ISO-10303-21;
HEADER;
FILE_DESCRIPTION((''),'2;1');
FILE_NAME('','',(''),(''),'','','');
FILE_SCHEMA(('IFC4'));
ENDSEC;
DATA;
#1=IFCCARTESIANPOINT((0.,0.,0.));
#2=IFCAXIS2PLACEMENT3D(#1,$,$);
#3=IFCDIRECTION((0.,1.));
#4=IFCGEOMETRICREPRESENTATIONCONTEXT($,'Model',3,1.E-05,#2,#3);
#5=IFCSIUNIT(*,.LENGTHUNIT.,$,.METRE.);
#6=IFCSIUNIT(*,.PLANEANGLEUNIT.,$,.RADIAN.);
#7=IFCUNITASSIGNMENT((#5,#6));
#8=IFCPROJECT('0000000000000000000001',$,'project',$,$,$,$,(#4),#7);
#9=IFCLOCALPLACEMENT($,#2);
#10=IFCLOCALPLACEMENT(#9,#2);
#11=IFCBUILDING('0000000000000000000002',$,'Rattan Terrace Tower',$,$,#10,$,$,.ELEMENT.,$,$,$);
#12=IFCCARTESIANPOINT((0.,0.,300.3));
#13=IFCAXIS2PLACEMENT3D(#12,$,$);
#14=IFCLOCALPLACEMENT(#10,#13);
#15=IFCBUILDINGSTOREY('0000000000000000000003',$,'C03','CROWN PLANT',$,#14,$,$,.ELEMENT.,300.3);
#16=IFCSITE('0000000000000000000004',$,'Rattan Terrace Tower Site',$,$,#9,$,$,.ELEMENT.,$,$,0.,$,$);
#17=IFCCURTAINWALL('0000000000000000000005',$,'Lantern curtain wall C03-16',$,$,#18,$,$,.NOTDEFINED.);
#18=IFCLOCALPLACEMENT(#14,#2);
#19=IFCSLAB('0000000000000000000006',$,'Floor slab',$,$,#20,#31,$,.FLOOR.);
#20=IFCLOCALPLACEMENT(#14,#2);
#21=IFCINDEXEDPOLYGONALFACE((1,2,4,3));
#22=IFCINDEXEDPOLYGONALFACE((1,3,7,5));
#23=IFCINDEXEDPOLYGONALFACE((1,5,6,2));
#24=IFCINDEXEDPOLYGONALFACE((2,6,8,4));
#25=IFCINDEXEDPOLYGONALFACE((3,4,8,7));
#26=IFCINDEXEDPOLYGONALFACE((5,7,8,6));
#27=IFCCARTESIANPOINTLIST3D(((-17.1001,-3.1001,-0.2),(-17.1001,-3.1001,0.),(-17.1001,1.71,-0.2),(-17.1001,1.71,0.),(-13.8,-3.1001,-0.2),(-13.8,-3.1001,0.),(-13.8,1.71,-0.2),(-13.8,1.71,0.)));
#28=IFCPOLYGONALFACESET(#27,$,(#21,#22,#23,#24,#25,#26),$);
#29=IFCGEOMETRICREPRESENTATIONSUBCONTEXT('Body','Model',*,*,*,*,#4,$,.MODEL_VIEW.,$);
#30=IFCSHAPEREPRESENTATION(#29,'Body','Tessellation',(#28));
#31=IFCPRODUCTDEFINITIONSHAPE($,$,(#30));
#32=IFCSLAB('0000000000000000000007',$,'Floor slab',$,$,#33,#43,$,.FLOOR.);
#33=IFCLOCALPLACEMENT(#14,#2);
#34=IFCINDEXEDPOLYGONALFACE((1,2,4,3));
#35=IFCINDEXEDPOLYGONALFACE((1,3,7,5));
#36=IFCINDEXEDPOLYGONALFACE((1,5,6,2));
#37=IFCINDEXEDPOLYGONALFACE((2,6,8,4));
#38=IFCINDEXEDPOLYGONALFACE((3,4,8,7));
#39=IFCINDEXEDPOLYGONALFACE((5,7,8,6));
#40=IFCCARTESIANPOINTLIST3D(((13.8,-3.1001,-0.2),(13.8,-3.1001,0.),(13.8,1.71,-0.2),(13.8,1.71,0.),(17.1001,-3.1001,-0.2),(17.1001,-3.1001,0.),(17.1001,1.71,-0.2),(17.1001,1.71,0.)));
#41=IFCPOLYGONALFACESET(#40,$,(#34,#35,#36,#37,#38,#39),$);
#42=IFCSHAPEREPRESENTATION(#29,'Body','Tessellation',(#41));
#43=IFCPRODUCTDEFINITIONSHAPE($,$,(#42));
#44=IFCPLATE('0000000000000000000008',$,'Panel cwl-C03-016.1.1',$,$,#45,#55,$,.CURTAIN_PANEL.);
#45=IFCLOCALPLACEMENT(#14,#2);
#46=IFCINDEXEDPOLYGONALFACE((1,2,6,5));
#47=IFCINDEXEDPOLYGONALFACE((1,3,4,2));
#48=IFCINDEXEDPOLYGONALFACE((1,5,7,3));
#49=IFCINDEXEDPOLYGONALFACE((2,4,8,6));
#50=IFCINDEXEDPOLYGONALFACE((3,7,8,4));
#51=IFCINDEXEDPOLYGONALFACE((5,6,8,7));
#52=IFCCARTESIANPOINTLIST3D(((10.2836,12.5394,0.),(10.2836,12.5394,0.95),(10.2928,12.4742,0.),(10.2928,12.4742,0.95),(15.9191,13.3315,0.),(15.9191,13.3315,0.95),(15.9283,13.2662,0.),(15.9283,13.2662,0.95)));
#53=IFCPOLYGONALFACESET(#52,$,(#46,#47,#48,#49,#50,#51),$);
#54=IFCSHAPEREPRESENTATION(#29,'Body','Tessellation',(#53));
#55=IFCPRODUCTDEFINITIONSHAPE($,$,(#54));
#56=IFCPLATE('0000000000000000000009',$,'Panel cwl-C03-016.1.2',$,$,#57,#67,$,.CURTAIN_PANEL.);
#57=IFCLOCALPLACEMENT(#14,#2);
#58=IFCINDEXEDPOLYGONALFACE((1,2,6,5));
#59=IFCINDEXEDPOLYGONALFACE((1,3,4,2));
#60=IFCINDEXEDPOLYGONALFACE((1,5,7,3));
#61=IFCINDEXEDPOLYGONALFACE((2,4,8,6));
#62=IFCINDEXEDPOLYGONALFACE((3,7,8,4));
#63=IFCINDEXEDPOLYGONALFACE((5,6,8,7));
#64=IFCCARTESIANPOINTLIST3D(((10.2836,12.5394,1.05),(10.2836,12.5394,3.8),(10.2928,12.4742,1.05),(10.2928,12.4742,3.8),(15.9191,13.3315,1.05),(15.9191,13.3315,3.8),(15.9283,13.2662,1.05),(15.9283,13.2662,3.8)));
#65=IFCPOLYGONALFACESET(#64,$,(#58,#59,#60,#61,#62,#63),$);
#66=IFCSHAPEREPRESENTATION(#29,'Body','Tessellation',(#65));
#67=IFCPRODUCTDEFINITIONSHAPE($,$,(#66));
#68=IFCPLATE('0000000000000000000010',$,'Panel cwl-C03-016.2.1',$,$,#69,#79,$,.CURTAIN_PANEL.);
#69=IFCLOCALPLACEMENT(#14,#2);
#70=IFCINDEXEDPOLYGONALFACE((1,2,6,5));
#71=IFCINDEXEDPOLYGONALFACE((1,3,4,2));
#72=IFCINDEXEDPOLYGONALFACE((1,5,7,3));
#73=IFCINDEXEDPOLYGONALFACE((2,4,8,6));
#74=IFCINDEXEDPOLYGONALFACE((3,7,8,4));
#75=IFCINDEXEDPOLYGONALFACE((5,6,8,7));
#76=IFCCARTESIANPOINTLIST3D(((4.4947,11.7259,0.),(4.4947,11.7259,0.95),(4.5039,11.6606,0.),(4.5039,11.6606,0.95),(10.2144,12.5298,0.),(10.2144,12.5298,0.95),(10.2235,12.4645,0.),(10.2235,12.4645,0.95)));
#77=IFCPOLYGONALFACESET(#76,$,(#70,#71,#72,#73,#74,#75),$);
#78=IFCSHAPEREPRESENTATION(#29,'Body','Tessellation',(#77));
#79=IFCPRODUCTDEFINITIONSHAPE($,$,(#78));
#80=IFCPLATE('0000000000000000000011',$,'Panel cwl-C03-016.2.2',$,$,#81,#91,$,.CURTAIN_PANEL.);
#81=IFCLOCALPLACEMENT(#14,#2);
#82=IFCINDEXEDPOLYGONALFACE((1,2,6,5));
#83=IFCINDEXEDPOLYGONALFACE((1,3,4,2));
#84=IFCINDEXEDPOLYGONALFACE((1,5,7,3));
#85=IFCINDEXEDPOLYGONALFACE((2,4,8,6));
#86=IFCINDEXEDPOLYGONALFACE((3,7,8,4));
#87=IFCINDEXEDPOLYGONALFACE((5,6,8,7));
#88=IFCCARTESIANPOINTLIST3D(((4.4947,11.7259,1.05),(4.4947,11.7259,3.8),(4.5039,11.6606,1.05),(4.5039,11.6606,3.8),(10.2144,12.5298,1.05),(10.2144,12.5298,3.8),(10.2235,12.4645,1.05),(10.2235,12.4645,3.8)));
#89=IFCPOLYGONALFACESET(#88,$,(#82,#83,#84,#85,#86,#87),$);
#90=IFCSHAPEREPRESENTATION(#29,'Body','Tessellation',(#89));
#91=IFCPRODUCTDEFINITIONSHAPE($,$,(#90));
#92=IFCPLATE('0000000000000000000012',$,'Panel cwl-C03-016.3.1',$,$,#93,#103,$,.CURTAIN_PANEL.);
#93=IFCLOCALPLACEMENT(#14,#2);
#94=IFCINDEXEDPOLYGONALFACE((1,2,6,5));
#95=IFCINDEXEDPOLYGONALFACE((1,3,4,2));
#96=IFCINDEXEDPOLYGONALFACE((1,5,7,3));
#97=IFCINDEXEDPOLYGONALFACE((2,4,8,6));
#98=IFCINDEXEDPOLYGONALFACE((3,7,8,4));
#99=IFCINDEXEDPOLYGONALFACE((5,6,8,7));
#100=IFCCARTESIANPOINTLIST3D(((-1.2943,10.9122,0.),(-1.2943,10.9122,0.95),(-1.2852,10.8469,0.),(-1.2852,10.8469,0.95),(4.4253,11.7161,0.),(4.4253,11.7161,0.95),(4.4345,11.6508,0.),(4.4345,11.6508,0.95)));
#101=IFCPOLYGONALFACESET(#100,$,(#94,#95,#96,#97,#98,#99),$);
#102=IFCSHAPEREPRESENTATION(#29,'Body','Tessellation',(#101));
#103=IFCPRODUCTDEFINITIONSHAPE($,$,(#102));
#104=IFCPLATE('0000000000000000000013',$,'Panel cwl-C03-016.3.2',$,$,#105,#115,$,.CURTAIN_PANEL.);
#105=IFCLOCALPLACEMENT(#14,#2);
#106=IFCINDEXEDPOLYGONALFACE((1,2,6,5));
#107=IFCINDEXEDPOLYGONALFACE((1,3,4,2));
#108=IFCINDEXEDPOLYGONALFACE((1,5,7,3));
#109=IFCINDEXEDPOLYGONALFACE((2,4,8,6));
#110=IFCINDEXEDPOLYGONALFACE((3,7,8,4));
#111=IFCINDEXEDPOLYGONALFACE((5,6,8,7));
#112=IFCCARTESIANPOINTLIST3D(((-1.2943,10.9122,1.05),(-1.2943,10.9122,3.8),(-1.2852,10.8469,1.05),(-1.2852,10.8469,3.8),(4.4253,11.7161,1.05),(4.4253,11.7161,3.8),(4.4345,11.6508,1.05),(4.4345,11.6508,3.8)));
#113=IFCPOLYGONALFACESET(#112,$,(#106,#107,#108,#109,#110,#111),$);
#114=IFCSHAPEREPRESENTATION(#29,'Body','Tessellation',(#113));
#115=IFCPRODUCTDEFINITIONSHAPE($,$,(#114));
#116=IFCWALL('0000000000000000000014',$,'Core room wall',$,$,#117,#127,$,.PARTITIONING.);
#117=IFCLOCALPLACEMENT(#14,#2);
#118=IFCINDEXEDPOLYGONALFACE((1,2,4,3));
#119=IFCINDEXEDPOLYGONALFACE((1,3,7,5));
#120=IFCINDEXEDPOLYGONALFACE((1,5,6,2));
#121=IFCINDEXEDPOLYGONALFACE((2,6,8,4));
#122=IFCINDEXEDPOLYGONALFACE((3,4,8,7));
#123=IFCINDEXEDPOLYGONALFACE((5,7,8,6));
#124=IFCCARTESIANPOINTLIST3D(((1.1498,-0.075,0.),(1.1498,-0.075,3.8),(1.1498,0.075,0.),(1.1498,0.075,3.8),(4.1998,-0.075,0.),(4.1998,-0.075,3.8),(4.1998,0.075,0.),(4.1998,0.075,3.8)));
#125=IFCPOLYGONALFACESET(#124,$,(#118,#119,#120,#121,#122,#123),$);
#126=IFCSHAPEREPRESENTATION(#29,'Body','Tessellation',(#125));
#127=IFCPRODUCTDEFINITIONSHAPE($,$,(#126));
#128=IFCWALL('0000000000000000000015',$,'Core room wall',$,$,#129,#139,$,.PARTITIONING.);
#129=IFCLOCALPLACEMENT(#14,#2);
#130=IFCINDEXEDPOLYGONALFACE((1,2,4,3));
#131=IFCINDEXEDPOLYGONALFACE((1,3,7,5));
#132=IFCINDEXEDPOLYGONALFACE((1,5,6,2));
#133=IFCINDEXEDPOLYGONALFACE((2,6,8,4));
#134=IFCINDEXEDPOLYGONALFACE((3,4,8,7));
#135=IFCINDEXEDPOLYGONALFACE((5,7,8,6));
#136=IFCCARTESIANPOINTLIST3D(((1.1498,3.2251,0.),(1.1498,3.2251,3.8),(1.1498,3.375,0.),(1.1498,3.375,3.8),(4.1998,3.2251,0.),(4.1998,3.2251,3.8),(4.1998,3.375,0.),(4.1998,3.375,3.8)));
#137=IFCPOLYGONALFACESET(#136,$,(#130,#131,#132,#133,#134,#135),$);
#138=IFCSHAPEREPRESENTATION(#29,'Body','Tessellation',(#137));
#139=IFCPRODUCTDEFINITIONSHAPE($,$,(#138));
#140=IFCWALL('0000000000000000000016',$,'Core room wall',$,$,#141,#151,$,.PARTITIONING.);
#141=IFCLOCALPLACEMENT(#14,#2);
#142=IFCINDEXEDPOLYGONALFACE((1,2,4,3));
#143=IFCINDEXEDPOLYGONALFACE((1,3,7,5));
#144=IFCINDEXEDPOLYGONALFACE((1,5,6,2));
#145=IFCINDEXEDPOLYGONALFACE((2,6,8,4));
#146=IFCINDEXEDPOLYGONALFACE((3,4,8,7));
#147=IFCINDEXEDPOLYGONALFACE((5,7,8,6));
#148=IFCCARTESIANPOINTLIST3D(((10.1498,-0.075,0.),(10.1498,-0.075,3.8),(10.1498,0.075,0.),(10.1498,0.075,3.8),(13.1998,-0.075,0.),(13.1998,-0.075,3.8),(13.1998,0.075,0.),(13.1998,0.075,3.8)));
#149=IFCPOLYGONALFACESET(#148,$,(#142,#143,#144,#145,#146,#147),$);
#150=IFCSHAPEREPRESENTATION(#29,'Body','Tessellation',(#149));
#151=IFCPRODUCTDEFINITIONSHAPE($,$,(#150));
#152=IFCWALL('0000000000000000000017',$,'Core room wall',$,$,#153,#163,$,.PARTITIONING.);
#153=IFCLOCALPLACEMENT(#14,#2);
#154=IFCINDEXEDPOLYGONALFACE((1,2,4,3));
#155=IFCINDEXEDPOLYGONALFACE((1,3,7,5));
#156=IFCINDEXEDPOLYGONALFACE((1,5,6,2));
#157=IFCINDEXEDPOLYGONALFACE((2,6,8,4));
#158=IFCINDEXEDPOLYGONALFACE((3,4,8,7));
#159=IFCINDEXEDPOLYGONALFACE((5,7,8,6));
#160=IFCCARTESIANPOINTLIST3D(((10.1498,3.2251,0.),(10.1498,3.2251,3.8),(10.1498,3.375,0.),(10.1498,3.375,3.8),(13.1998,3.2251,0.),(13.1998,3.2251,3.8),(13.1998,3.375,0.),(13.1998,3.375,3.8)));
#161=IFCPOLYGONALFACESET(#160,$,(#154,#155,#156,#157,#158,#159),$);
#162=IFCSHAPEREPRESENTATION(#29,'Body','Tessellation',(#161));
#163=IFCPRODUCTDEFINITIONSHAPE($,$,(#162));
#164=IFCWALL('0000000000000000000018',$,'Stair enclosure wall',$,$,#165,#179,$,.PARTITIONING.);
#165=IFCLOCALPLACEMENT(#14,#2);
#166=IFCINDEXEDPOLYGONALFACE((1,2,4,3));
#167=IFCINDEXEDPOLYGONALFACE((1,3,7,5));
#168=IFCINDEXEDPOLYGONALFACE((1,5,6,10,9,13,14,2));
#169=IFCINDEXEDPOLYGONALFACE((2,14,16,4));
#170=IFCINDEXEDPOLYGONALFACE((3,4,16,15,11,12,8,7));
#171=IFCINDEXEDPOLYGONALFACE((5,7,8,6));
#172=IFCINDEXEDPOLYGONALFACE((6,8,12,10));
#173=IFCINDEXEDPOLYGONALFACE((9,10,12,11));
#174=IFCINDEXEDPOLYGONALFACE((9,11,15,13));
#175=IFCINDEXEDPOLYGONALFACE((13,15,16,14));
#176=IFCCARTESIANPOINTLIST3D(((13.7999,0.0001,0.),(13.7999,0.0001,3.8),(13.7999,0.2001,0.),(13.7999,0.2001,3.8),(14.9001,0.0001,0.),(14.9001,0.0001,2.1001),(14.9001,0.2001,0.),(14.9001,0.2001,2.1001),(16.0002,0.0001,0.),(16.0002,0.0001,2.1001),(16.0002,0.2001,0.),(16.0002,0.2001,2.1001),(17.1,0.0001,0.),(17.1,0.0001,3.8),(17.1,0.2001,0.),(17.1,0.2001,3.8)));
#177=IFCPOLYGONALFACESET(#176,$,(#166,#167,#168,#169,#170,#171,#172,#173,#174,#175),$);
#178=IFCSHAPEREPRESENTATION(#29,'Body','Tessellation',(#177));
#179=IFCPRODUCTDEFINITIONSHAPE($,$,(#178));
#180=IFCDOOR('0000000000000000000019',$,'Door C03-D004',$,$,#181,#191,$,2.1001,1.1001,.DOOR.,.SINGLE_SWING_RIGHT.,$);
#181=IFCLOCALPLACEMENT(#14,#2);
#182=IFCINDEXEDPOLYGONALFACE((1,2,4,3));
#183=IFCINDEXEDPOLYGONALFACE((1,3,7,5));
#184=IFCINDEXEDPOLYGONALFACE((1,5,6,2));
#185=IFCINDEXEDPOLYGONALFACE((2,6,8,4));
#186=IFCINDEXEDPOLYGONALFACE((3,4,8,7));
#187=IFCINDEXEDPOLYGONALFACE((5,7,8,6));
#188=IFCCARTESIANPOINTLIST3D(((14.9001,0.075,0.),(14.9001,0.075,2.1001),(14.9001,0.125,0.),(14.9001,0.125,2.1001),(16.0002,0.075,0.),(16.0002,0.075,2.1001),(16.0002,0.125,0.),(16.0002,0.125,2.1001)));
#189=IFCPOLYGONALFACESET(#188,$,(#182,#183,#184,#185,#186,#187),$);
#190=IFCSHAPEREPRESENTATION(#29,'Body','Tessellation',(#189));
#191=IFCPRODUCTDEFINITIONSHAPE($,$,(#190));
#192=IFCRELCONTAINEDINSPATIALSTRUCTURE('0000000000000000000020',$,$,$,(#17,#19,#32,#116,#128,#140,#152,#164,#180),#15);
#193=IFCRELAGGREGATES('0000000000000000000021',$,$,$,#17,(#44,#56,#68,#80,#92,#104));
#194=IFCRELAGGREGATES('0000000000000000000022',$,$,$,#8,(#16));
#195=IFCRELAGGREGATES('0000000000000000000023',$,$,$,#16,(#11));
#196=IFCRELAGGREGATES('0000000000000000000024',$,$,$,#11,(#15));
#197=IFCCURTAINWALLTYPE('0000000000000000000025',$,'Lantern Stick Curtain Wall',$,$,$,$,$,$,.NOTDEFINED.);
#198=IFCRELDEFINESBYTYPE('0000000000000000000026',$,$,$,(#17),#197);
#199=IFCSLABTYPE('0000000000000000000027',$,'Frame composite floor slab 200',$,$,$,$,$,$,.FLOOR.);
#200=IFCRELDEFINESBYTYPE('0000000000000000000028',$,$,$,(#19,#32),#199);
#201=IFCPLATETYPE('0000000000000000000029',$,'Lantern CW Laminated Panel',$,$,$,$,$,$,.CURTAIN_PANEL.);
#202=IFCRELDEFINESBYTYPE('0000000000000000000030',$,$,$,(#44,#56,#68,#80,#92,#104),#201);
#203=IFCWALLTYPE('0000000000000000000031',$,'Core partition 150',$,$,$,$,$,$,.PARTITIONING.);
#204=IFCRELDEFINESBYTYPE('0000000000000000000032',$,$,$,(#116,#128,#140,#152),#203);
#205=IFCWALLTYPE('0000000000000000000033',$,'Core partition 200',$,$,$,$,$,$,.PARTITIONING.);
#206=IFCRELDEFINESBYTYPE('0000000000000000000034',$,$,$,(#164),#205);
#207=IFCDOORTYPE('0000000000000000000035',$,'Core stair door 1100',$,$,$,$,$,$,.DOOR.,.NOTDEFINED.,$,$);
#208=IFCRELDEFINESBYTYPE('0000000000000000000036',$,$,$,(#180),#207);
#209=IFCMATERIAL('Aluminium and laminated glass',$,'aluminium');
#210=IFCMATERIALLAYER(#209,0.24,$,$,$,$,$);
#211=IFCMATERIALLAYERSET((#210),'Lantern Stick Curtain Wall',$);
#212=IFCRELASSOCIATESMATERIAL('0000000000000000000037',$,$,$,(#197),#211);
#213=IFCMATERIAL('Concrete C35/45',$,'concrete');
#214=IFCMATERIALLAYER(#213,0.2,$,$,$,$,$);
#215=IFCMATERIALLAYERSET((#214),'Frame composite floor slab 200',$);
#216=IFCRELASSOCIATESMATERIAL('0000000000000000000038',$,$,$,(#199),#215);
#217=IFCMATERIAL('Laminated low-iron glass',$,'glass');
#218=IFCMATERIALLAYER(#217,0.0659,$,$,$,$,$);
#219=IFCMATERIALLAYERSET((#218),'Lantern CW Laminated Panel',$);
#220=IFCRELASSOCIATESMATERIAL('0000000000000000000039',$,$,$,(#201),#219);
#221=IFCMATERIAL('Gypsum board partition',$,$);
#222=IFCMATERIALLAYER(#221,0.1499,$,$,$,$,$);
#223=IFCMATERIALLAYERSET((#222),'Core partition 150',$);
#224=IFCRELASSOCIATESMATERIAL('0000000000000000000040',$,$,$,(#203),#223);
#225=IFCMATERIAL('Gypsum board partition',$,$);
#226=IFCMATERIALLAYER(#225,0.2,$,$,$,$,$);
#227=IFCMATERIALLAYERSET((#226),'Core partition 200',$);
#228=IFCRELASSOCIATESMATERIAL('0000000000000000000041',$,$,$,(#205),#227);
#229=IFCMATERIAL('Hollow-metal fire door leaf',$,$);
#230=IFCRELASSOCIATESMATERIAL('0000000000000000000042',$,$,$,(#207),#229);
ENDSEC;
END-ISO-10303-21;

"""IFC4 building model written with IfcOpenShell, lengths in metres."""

from ifc_helpers import new_model, si_unit, direction, frame, frame_2d, origin, origin_2d, place, context, subcontext, project, spatial, polyline, rectangle, outline, extrude, material, layer, layer_set, type_object, element, fill, aggregate, save


model = new_model("IFC4")

# Units and contexts
model_context = context("Model", 3, precision=1e-05, world=origin(), true_north=direction((0.0, 1.0)))
body_context = subcontext(model_context, "Body", "Model", "MODEL_VIEW")
ifc_project = project(units=[si_unit("LENGTHUNIT", "METRE"), si_unit("PLANEANGLEUNIT", "RADIAN")], contexts=[model_context])

# Site, building, storey
site_placement = place(None, origin())
site = spatial("IfcSite", under=ifc_project, at=site_placement, Name="Rattan Terrace Tower Site", CompositionType="ELEMENT", RefElevation=0.0)
building_placement = place(site_placement, origin())
building = spatial("IfcBuilding", under=site, at=building_placement, Name="Rattan Terrace Tower", CompositionType="ELEMENT")
storey_placement = place(building_placement, frame((0.0, 0.0, 300.3)))
storey = spatial("IfcBuildingStorey", under=building, at=storey_placement, Name="C03", Description="CROWN PLANT", CompositionType="ELEMENT", Elevation=300.3)

# Curtain wall
ifc_material_1 = material(Name="Aluminium and laminated glass", Category="aluminium")
ifc_layer_1 = layer(ifc_material_1, 0.24)
ifc_layer_set_1 = layer_set([ifc_layer_1], Name="Lantern Stick Curtain Wall")
curtain_wall_type = type_object("IfcCurtainWallType", Name="Lantern Stick Curtain Wall", PredefinedType="NOTDEFINED", material=ifc_layer_set_1)
curtain_wall_placement = place(storey_placement, origin())
curtain_wall = element("IfcCurtainWall", 1, at=curtain_wall_placement, inside=storey, type_object=curtain_wall_type, Name="Lantern curtain wall C03-16", PredefinedType="NOTDEFINED")

# Slabs
ifc_material_2 = material(Name="Concrete C35/45", Category="concrete")
ifc_layer_2 = layer(ifc_material_2, 0.2)
ifc_layer_set_2 = layer_set([ifc_layer_2], Name="Frame composite floor slab 200")
slab_type_1 = type_object("IfcSlabType", Name="Frame composite floor slab 200", PredefinedType="FLOOR", material=ifc_layer_set_2)
slab_1_placement = place(storey_placement, frame((0.0, 0.0, -0.2)))
element("IfcSlab", 2, at=slab_1_placement, inside=storey, type_object=slab_type_1, Name="Floor slab", PredefinedType="FLOOR", context=body_context, shape_type="SweptSolid", body=[
    extrude(outline(polyline([(-13.8, -3.1001), (-13.8, 1.71), (-17.1001, 1.71), (-17.1001, -3.1001), (-13.8, -3.1001)])), origin(), (0.0, 0.0, 1.0), 0.2),
])
slab_2_placement = place(storey_placement, frame((0.0, 0.0, -0.2)))
element("IfcSlab", 3, at=slab_2_placement, inside=storey, type_object=slab_type_1, Name="Floor slab", PredefinedType="FLOOR", context=body_context, shape_type="SweptSolid", body=[
    extrude(outline(polyline([(13.8, -3.1001), (17.1001, -3.1001), (17.1001, 1.71), (13.8, 1.71), (13.8, -3.1001)])), origin(), (0.0, 0.0, 1.0), 0.2),
])

# Plates
ifc_material_3 = material(Name="Laminated low-iron glass", Category="glass")
ifc_layer_3 = layer(ifc_material_3, 0.0659)
ifc_layer_set_3 = layer_set([ifc_layer_3], Name="Lantern CW Laminated Panel")
plate_type = type_object("IfcPlateType", Name="Lantern CW Laminated Panel", PredefinedType="CURTAIN_PANEL", material=ifc_layer_set_3)
plate_1_placement = place(storey_placement, frame((13.106, 12.9028, 0.0), z_axis=(0.0, 0.0, 1.0), x_axis=(-0.990267, -0.139181, 0.0)))
plate_1 = element("IfcPlate", 4, at=plate_1_placement, type_object=plate_type, Name="Panel cwl-C03-016.1.1", PredefinedType="CURTAIN_PANEL", context=body_context, shape_type="SweptSolid", body=[
    extrude(rectangle(XDim=5.6909, YDim=0.0659, at=origin_2d()), origin(), (0.0, 0.0, 1.0), 0.95),
])
plate_2_placement = place(storey_placement, frame((13.106, 12.9028, 1.05), z_axis=(0.0, 0.0, 1.0), x_axis=(-0.990267, -0.139181, 0.0)))
plate_2 = element("IfcPlate", 5, at=plate_2_placement, type_object=plate_type, Name="Panel cwl-C03-016.1.2", PredefinedType="CURTAIN_PANEL", context=body_context, shape_type="SweptSolid", body=[
    extrude(rectangle(XDim=5.6909, YDim=0.0659, at=origin_2d()), origin(), (0.0, 0.0, 1.0), 2.75),
])
plate_3_placement = place(storey_placement, frame((7.3591, 12.0952, 0.0), z_axis=(0.0, 0.0, 1.0), x_axis=(-0.990267, -0.139181, 0.0)))
plate_3 = element("IfcPlate", 6, at=plate_3_placement, type_object=plate_type, Name="Panel cwl-C03-016.2.1", PredefinedType="CURTAIN_PANEL", context=body_context, shape_type="SweptSolid", body=[
    extrude(rectangle(XDim=5.7759, YDim=0.0659, at=origin_2d()), origin(), (0.0, 0.0, 1.0), 0.95),
])
plate_4_placement = place(storey_placement, frame((7.3591, 12.0952, 1.05), z_axis=(0.0, 0.0, 1.0), x_axis=(-0.990267, -0.139181, 0.0)))
plate_4 = element("IfcPlate", 7, at=plate_4_placement, type_object=plate_type, Name="Panel cwl-C03-016.2.2", PredefinedType="CURTAIN_PANEL", context=body_context, shape_type="SweptSolid", body=[
    extrude(rectangle(XDim=5.7759, YDim=0.0659, at=origin_2d()), origin(), (0.0, 0.0, 1.0), 2.75),
])
plate_5_placement = place(storey_placement, frame((1.5701, 11.2815, 0.0), z_axis=(0.0, 0.0, 1.0), x_axis=(-0.990267, -0.139181, 0.0)))
plate_5 = element("IfcPlate", 8, at=plate_5_placement, type_object=plate_type, Name="Panel cwl-C03-016.3.1", PredefinedType="CURTAIN_PANEL", context=body_context, shape_type="SweptSolid", body=[
    extrude(rectangle(XDim=5.7759, YDim=0.0659, at=origin_2d()), origin(), (0.0, 0.0, 1.0), 0.95),
])
plate_6_placement = place(storey_placement, frame((1.5701, 11.2815, 1.05), z_axis=(0.0, 0.0, 1.0), x_axis=(-0.990267, -0.139181, 0.0)))
plate_6 = element("IfcPlate", 9, at=plate_6_placement, type_object=plate_type, Name="Panel cwl-C03-016.3.2", PredefinedType="CURTAIN_PANEL", context=body_context, shape_type="SweptSolid", body=[
    extrude(rectangle(XDim=5.7759, YDim=0.0659, at=origin_2d()), origin(), (0.0, 0.0, 1.0), 2.75),
])
aggregate(curtain_wall, [plate_1, plate_2, plate_3, plate_4, plate_5, plate_6])

# Walls
ifc_material_4 = material(Name="Gypsum board partition")
ifc_layer_4 = layer(ifc_material_4, 0.1499)
ifc_layer_set_4 = layer_set([ifc_layer_4], Name="Core partition 150")
wall_type_1 = type_object("IfcWallType", Name="Core partition 150", PredefinedType="PARTITIONING", material=ifc_layer_set_4)
for number, where, z_axis, x_axis, name in (
    (10, (1.1499, 0.0, 0.0), (0.0, 0.0, 1.0), (1.0, 0.0, 0.0), "Core room wall"),
    (11, (1.1499, 3.3, 0.0), (0.0, 0.0, 1.0), (1.0, 0.0, 0.0), "Core room wall"),
    (12, (10.1499, 0.0, 0.0), (0.0, 0.0, 1.0), (1.0, 0.0, 0.0), "Core room wall"),
    (13, (10.1499, 3.3, 0.0), (0.0, 0.0, 1.0), (1.0, 0.0, 0.0), "Core room wall"),
):
    element("IfcWall", number, at=place(storey_placement, frame(where, z_axis=z_axis, x_axis=x_axis)), inside=storey, type_object=wall_type_1, Name=name, PredefinedType="PARTITIONING", context=body_context, shape_type="SweptSolid", body=[
        extrude(rectangle(XDim=3.05, YDim=0.1499, at=frame_2d((1.5249, 0.0))), origin(), (0.0, 0.0, 1.0), 3.8),
    ])

# Wall, opening, door
ifc_material_5 = material(Name="Gypsum board partition")
ifc_layer_5 = layer(ifc_material_5, 0.2)
ifc_layer_set_5 = layer_set([ifc_layer_5], Name="Core partition 200")
wall_type_2 = type_object("IfcWallType", Name="Core partition 200", PredefinedType="PARTITIONING", material=ifc_layer_set_5)
wall_placement = place(storey_placement, frame((13.8, 0.1001, 0.0), z_axis=(0.0, 0.0, 1.0), x_axis=(1.0, 0.0, 0.0)))
wall = element("IfcWall", 14, at=wall_placement, inside=storey, type_object=wall_type_2, Name="Stair enclosure wall", PredefinedType="PARTITIONING", context=body_context, shape_type="SweptSolid", body=[
    extrude(rectangle(XDim=3.3, YDim=0.2, at=frame_2d((1.6499, 0.0))), origin(), (0.0, 0.0, 1.0), 3.8),
])
opening_placement = place(wall_placement, frame((1.1001, 0.0, 0.0)))
opening = element("IfcOpeningElement", 15, at=opening_placement, cuts=wall, PredefinedType="OPENING", context=body_context, shape_type="SweptSolid", body=[
    extrude(rectangle(XDim=1.1001, YDim=2.1001, at=frame_2d((0.55, 1.05))), frame((0.0, 0.1106, 0.0), z_axis=(0.0, -1.0, 0.0), x_axis=(1.0, 0.0, 0.0)), (0.0, 0.0, 1.0), 0.2209),
])
ifc_material_6 = material(Name="Hollow-metal fire door leaf")
door_type = type_object("IfcDoorType", Name="Core stair door 1100", OperationType="NOTDEFINED", PredefinedType="DOOR", material=ifc_material_6)
door_placement = place(opening_placement, origin())
door = element("IfcDoor", 16, at=door_placement, inside=storey, type_object=door_type, Name="Door C03-D004", OperationType="SINGLE_SWING_RIGHT", OverallHeight=2.1001, OverallWidth=1.1001, PredefinedType="DOOR", context=body_context, shape_type="SweptSolid", body=[
    extrude(rectangle(XDim=1.1001, YDim=2.1001, at=frame_2d((0.55, 1.05))), frame((0.0, 0.0249, 0.0), z_axis=(0.0, -1.0, 0.0), x_axis=(1.0, 0.0, 0.0)), (0.0, 0.0, 1.0), 0.05),
])
fill(opening, door)

save(model, "model.ifc")
